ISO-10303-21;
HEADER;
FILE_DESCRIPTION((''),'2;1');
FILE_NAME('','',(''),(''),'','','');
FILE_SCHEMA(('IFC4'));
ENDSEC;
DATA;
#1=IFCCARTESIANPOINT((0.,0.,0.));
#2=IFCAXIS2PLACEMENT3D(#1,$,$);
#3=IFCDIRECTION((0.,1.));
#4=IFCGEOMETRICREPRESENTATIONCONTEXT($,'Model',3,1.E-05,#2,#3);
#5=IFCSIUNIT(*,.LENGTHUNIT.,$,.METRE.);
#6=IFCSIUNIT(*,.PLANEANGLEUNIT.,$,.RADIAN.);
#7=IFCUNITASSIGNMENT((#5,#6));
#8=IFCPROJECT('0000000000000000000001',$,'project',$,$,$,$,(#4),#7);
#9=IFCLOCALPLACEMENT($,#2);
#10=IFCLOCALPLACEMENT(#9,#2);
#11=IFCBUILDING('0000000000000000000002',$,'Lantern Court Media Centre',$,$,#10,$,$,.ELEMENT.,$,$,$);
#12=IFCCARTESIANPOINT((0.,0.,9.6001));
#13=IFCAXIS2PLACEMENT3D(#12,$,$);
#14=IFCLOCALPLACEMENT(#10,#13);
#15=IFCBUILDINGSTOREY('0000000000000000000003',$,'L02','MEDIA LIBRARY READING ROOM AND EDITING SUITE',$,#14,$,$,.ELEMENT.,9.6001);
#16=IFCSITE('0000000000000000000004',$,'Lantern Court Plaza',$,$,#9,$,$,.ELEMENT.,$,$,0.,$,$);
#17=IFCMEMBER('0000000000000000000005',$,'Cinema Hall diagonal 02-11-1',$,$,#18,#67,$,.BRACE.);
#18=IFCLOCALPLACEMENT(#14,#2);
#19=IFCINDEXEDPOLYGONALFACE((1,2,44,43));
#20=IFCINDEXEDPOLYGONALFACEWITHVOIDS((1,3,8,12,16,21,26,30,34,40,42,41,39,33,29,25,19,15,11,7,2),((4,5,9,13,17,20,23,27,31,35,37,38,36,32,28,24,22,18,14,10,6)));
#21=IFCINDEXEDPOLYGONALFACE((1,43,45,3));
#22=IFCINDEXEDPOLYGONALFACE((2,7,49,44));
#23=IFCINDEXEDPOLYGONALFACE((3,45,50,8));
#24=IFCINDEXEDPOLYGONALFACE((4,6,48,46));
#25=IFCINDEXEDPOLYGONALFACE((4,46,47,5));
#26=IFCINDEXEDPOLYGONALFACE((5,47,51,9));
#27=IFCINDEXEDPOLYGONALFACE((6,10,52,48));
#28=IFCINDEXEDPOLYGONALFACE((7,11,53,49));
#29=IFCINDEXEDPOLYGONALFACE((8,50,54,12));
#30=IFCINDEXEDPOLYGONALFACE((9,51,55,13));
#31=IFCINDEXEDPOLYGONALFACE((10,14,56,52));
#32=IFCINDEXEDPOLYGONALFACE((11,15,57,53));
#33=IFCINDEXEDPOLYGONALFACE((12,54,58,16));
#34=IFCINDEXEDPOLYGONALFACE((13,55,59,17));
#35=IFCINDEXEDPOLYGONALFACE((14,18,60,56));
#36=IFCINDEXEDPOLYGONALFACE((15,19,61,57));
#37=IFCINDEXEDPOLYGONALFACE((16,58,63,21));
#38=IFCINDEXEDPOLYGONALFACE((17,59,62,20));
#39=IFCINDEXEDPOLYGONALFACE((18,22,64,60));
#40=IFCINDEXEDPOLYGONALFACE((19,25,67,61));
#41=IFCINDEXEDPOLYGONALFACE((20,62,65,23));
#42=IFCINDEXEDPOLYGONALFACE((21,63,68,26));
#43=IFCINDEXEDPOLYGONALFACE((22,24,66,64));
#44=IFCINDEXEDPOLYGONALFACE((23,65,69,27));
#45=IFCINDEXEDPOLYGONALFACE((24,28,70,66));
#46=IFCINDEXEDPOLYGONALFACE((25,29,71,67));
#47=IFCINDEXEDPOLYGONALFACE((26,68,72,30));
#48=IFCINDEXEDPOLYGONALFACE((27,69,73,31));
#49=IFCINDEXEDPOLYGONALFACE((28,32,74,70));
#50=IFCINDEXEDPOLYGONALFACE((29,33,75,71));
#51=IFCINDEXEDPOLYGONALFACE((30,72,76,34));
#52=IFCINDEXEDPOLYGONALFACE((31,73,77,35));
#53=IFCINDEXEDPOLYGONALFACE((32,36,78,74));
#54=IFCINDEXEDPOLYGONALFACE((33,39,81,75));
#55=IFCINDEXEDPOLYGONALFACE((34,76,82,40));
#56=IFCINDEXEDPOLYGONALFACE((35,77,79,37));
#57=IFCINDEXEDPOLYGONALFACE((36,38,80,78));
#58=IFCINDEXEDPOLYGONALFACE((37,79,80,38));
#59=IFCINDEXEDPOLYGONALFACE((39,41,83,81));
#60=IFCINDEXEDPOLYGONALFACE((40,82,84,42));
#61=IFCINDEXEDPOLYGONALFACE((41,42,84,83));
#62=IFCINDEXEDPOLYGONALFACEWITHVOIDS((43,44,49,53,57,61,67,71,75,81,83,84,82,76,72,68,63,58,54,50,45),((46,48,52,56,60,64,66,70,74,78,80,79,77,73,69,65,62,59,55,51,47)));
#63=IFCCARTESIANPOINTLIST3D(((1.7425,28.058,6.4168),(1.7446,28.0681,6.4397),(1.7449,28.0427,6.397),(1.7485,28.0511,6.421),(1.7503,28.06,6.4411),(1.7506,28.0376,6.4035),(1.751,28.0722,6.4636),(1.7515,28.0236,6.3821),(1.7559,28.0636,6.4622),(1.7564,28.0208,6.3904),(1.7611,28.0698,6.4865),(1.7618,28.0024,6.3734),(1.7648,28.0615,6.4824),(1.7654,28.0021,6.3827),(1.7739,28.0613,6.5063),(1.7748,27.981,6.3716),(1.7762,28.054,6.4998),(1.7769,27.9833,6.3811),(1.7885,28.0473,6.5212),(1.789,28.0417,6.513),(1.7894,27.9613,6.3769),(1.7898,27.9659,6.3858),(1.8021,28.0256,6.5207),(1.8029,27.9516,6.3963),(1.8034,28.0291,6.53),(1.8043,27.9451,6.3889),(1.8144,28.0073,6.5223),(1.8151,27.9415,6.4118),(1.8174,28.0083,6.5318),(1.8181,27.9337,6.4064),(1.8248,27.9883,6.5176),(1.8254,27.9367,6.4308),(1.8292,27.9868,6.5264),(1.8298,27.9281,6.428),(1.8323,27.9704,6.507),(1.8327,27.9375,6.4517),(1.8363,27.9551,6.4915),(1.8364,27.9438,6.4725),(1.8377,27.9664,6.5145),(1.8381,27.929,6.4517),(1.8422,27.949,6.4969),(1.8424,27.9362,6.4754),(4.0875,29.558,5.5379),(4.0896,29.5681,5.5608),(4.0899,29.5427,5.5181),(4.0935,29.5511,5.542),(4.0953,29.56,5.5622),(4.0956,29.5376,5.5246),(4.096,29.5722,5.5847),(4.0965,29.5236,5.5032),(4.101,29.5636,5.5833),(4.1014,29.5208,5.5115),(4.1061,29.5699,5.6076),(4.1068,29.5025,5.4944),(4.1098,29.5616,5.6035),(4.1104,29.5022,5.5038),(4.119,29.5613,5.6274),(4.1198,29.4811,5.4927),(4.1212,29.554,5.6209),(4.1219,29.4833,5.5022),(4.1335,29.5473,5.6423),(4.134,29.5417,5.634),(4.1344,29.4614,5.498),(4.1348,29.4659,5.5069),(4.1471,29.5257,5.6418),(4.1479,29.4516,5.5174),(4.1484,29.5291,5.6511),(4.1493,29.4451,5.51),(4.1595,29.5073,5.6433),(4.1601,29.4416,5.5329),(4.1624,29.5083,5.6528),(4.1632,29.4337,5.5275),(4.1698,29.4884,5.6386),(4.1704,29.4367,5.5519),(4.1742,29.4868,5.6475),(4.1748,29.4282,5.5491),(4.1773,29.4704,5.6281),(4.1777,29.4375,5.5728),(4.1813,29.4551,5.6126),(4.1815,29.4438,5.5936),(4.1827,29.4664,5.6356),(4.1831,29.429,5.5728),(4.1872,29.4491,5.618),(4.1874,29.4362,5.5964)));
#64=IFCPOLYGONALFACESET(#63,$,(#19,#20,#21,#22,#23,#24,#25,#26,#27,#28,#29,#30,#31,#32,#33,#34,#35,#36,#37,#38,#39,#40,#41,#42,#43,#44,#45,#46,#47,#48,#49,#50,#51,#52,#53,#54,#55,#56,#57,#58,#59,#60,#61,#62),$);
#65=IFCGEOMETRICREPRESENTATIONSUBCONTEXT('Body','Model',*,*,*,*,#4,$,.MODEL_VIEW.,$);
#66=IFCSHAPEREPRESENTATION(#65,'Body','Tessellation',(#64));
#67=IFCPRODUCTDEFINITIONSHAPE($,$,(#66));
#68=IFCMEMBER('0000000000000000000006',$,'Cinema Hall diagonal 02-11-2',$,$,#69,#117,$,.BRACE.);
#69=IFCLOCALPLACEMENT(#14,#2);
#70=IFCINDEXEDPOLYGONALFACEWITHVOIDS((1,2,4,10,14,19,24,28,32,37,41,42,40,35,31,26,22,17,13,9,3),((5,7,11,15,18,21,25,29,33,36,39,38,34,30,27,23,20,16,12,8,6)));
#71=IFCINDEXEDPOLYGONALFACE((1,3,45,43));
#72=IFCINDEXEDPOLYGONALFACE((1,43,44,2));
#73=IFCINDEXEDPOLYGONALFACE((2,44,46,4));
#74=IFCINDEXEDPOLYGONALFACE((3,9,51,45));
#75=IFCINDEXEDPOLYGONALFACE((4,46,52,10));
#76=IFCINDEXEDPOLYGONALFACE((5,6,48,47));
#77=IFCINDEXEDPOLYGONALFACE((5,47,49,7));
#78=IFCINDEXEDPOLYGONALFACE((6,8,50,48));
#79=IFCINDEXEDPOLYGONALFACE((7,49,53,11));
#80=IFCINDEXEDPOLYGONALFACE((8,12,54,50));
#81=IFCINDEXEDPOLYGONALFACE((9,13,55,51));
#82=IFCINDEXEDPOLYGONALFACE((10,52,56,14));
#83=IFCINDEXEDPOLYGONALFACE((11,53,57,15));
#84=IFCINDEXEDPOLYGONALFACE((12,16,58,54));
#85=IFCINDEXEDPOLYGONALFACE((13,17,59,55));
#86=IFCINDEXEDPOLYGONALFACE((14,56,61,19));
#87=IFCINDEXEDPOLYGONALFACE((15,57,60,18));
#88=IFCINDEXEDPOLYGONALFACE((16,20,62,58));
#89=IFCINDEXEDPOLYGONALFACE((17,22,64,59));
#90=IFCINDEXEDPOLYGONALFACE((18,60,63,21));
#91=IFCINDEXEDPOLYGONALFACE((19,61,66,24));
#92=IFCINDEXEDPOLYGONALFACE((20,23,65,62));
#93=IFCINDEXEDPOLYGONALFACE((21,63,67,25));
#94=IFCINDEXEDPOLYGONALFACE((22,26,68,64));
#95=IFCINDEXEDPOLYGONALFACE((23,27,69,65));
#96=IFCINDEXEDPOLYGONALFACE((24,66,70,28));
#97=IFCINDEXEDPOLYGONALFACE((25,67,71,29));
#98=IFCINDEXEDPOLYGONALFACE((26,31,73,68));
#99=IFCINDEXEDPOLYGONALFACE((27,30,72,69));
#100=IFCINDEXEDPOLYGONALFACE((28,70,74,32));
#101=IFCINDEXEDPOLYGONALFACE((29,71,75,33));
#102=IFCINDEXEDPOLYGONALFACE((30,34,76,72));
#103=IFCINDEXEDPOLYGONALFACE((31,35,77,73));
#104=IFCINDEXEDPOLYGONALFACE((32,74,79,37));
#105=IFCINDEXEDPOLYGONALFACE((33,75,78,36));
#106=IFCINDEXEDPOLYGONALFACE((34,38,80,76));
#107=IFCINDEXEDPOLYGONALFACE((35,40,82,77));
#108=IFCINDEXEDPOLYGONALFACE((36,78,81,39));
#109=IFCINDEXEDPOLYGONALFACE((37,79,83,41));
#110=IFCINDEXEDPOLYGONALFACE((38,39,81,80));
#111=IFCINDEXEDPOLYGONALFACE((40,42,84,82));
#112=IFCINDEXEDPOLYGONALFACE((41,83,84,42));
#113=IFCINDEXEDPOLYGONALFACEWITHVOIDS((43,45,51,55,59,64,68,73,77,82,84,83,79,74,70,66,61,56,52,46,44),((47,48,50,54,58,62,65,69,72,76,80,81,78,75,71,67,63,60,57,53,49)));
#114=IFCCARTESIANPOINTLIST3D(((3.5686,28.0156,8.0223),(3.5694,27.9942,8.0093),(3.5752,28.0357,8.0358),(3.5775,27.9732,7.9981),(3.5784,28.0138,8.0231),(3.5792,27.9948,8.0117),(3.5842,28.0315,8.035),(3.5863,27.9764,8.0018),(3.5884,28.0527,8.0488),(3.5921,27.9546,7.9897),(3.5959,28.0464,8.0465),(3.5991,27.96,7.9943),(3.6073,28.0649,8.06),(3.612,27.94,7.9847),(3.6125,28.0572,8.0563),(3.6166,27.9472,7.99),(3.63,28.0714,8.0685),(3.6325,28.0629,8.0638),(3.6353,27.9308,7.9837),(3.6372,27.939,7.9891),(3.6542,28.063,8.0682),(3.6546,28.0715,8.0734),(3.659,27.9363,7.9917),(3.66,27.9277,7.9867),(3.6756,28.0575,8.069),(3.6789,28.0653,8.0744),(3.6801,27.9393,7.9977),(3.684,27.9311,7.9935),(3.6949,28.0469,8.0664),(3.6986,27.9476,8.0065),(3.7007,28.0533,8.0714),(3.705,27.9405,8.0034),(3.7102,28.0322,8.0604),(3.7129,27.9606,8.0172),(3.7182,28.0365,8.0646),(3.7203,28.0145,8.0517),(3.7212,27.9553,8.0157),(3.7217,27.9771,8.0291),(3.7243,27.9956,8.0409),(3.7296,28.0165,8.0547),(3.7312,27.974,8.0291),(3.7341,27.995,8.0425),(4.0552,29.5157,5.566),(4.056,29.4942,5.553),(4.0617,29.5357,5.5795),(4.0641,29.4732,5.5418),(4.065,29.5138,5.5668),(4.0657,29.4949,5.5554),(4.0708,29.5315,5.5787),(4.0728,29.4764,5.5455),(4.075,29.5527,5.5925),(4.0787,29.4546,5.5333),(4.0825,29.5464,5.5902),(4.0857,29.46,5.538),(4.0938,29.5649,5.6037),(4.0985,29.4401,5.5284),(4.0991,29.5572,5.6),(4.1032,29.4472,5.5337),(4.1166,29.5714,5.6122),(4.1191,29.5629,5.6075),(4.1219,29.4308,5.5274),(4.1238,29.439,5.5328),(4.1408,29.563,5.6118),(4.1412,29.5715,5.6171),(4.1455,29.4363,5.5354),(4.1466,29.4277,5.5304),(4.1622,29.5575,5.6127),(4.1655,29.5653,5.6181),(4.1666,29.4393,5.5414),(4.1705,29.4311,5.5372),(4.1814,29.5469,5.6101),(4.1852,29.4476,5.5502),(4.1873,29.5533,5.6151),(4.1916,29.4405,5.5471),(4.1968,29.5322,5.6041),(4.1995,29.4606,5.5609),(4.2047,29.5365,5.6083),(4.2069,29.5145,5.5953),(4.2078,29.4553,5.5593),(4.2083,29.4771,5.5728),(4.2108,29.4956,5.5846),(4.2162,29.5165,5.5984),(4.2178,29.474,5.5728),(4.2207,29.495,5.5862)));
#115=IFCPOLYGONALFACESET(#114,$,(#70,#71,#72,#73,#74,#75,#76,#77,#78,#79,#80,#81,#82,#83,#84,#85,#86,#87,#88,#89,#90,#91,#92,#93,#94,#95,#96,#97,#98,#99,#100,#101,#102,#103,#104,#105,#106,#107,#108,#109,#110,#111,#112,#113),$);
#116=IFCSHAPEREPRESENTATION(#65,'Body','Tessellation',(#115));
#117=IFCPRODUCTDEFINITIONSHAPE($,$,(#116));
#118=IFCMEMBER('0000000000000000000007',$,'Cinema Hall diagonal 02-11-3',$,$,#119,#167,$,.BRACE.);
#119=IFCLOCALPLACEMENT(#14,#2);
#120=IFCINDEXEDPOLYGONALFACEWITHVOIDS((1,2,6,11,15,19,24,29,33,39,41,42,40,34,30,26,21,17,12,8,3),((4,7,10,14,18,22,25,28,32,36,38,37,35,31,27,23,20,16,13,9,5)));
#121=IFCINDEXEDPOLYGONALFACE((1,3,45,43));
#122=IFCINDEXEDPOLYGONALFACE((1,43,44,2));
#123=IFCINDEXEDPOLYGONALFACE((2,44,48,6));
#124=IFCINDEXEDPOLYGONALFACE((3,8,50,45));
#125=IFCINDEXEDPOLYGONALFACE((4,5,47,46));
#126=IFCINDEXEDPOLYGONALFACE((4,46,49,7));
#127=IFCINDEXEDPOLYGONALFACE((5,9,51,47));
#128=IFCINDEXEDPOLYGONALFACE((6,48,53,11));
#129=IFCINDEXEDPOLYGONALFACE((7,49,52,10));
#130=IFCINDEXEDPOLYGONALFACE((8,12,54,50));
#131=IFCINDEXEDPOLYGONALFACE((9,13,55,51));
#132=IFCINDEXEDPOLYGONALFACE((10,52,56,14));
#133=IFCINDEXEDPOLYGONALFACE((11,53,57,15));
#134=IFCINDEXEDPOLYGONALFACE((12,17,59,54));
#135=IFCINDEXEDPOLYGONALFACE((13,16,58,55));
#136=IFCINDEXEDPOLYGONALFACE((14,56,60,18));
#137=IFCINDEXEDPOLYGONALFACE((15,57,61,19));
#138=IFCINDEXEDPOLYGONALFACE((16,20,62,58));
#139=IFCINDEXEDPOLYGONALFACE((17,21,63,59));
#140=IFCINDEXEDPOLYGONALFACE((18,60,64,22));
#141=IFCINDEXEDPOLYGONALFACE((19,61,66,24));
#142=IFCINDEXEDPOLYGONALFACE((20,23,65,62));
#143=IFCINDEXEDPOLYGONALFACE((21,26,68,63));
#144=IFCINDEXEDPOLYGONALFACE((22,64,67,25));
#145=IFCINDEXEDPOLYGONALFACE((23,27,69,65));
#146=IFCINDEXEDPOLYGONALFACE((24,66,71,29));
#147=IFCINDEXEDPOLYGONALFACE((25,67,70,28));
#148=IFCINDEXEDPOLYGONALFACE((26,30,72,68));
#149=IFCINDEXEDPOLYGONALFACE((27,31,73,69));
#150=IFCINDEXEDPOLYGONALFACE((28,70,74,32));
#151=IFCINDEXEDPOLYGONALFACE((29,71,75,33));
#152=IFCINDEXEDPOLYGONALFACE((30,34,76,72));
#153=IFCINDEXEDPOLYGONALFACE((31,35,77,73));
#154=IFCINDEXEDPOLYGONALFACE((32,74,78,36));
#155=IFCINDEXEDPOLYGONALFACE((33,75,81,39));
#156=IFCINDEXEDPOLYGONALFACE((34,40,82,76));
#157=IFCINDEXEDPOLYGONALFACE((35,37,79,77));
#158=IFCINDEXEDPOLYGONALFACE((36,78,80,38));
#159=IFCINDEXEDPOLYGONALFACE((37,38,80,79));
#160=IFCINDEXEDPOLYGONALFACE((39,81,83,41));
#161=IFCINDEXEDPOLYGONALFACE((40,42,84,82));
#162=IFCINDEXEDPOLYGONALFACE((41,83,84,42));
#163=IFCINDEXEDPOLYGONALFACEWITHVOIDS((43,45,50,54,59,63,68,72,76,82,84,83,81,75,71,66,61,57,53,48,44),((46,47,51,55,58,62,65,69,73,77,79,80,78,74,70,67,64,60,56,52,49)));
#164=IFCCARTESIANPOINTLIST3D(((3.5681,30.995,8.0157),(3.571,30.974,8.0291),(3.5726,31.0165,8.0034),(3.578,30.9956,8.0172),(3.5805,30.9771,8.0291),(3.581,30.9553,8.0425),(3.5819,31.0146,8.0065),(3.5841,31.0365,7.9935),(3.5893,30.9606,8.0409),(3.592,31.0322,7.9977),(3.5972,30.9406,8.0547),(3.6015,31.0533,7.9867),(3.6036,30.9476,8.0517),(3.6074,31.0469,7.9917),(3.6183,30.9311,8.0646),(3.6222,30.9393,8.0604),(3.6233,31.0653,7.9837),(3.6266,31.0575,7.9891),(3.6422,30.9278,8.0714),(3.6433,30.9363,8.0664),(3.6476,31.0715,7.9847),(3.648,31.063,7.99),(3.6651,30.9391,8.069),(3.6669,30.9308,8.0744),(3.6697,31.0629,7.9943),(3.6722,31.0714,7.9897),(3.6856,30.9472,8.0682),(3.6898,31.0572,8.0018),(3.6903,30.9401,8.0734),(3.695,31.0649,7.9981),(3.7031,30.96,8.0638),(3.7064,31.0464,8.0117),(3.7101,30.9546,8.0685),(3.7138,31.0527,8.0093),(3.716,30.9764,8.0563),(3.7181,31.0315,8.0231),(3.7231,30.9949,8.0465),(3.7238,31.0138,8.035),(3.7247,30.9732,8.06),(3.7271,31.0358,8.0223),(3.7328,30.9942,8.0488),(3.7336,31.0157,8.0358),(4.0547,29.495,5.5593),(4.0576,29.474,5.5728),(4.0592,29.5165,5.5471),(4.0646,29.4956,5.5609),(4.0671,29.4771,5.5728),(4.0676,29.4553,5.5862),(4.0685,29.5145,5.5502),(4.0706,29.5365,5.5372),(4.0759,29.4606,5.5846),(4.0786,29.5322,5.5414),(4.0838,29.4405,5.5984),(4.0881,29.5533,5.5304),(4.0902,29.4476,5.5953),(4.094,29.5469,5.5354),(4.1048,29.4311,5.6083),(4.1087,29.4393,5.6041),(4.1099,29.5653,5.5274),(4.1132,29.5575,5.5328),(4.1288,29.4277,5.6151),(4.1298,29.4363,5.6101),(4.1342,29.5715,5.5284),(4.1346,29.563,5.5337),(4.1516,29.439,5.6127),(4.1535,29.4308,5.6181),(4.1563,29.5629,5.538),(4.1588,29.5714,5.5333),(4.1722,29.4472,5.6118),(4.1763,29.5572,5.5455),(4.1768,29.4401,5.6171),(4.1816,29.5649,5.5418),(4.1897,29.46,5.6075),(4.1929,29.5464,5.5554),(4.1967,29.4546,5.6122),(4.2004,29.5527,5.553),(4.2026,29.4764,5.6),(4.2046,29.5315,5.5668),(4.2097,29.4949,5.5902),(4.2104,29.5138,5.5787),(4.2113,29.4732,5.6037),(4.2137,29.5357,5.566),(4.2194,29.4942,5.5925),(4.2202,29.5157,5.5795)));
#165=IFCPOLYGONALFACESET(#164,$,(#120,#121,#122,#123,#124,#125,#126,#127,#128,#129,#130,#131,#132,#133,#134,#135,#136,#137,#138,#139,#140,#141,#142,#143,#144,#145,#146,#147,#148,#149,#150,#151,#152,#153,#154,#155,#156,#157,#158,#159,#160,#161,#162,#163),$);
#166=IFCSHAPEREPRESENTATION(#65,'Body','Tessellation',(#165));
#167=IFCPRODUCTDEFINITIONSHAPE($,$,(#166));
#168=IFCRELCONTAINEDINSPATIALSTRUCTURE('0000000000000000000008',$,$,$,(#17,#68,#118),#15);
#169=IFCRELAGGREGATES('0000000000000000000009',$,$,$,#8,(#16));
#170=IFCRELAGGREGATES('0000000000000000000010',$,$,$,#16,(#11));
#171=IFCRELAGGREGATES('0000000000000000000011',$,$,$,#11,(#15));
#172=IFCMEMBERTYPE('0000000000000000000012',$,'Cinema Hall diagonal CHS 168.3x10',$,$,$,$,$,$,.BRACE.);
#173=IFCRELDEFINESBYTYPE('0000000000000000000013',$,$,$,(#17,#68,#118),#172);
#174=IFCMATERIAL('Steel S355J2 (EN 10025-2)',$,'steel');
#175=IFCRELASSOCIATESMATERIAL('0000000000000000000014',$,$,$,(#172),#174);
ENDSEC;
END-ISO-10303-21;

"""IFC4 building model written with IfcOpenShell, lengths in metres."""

from ifc_helpers import new_model, si_unit, direction, frame, origin, origin_2d, place, context, subcontext, project, spatial, hollow_circle, extrude, material, material_profile, profile_set, type_object, element, save


model = new_model("IFC4")

# Units and contexts
model_context = context("Model", 3, precision=1e-05, world=origin(), true_north=direction((0.0, 1.0)))
body_context = subcontext(model_context, "Body", "Model", "MODEL_VIEW")
ifc_project = project(units=[si_unit("LENGTHUNIT", "METRE"), si_unit("PLANEANGLEUNIT", "RADIAN")], contexts=[model_context])

# Site, building, storey
site_placement = place(None, origin())
site = spatial("IfcSite", under=ifc_project, at=site_placement, Name="Lantern Court Plaza", CompositionType="ELEMENT", RefElevation=0.0)
building_placement = place(site_placement, origin())
building = spatial("IfcBuilding", under=site, at=building_placement, Name="Lantern Court Media Centre", CompositionType="ELEMENT")
storey_placement = place(building_placement, frame((0.0, 0.0, 9.6001)))
storey = spatial("IfcBuildingStorey", under=building, at=storey_placement, Name="L02", Description="MEDIA LIBRARY READING ROOM AND EDITING SUITE", CompositionType="ELEMENT", Elevation=9.6001)

# Shared definitions
ifc_material = material(Name="Steel S355J2 (EN 10025-2)", Category="steel")

# Members
ifc_material_profile_1 = material_profile(ifc_material, hollow_circle(Radius=0.0842, WallThickness=0.01, at=origin_2d()), Name="Cinema Hall diagonal CHS 168.3x10")
ifc_profile_set_1 = profile_set([ifc_material_profile_1], Name="Steel S355J2 (EN 10025-2)")
member_type_1 = type_object("IfcMemberType", Name="Cinema Hall diagonal CHS 168.3x10", PredefinedType="BRACE", material=ifc_profile_set_1)
member_placement = place(storey_placement, frame((4.1377, 29.5, 5.5728), z_axis=(-0.803309, -0.51385, 0.301084), x_axis=(0.538855, -0.842399, 0.0)))
element("IfcMember", 1, at=member_placement, inside=storey, type_object=member_type_1, Name="Cinema Hall diagonal 02-11-1", PredefinedType="BRACE", context=body_context, shape_type="SweptSolid", body=[
    extrude(hollow_circle(Radius=0.0842, WallThickness=0.01, at=origin_2d()), origin(), (0.0, 0.0, 1.0), 2.9192),
])
for number, where, z_axis, x_axis, name in (
    (2, (4.1377, 29.5, 5.5728), (-0.166695, -0.513887, 0.841506), (0.951207, -0.308554, 0.0), "Cinema Hall diagonal 02-11-2"),
    (3, (4.1377, 29.5, 5.5728), (-0.166695, 0.513887, 0.841506), (-0.951207, -0.308554, 0.0), "Cinema Hall diagonal 02-11-3"),
):
    element("IfcMember", number, at=place(storey_placement, frame(where, z_axis=z_axis, x_axis=x_axis)), inside=storey, type_object=member_type_1, Name=name, PredefinedType="BRACE", context=body_context, shape_type="SweptSolid", body=[
        extrude(hollow_circle(Radius=0.0842, WallThickness=0.01, at=origin_2d()), origin(), (0.0, 0.0, 1.0), 2.9189),
    ])

save(model, "model.ifc")
